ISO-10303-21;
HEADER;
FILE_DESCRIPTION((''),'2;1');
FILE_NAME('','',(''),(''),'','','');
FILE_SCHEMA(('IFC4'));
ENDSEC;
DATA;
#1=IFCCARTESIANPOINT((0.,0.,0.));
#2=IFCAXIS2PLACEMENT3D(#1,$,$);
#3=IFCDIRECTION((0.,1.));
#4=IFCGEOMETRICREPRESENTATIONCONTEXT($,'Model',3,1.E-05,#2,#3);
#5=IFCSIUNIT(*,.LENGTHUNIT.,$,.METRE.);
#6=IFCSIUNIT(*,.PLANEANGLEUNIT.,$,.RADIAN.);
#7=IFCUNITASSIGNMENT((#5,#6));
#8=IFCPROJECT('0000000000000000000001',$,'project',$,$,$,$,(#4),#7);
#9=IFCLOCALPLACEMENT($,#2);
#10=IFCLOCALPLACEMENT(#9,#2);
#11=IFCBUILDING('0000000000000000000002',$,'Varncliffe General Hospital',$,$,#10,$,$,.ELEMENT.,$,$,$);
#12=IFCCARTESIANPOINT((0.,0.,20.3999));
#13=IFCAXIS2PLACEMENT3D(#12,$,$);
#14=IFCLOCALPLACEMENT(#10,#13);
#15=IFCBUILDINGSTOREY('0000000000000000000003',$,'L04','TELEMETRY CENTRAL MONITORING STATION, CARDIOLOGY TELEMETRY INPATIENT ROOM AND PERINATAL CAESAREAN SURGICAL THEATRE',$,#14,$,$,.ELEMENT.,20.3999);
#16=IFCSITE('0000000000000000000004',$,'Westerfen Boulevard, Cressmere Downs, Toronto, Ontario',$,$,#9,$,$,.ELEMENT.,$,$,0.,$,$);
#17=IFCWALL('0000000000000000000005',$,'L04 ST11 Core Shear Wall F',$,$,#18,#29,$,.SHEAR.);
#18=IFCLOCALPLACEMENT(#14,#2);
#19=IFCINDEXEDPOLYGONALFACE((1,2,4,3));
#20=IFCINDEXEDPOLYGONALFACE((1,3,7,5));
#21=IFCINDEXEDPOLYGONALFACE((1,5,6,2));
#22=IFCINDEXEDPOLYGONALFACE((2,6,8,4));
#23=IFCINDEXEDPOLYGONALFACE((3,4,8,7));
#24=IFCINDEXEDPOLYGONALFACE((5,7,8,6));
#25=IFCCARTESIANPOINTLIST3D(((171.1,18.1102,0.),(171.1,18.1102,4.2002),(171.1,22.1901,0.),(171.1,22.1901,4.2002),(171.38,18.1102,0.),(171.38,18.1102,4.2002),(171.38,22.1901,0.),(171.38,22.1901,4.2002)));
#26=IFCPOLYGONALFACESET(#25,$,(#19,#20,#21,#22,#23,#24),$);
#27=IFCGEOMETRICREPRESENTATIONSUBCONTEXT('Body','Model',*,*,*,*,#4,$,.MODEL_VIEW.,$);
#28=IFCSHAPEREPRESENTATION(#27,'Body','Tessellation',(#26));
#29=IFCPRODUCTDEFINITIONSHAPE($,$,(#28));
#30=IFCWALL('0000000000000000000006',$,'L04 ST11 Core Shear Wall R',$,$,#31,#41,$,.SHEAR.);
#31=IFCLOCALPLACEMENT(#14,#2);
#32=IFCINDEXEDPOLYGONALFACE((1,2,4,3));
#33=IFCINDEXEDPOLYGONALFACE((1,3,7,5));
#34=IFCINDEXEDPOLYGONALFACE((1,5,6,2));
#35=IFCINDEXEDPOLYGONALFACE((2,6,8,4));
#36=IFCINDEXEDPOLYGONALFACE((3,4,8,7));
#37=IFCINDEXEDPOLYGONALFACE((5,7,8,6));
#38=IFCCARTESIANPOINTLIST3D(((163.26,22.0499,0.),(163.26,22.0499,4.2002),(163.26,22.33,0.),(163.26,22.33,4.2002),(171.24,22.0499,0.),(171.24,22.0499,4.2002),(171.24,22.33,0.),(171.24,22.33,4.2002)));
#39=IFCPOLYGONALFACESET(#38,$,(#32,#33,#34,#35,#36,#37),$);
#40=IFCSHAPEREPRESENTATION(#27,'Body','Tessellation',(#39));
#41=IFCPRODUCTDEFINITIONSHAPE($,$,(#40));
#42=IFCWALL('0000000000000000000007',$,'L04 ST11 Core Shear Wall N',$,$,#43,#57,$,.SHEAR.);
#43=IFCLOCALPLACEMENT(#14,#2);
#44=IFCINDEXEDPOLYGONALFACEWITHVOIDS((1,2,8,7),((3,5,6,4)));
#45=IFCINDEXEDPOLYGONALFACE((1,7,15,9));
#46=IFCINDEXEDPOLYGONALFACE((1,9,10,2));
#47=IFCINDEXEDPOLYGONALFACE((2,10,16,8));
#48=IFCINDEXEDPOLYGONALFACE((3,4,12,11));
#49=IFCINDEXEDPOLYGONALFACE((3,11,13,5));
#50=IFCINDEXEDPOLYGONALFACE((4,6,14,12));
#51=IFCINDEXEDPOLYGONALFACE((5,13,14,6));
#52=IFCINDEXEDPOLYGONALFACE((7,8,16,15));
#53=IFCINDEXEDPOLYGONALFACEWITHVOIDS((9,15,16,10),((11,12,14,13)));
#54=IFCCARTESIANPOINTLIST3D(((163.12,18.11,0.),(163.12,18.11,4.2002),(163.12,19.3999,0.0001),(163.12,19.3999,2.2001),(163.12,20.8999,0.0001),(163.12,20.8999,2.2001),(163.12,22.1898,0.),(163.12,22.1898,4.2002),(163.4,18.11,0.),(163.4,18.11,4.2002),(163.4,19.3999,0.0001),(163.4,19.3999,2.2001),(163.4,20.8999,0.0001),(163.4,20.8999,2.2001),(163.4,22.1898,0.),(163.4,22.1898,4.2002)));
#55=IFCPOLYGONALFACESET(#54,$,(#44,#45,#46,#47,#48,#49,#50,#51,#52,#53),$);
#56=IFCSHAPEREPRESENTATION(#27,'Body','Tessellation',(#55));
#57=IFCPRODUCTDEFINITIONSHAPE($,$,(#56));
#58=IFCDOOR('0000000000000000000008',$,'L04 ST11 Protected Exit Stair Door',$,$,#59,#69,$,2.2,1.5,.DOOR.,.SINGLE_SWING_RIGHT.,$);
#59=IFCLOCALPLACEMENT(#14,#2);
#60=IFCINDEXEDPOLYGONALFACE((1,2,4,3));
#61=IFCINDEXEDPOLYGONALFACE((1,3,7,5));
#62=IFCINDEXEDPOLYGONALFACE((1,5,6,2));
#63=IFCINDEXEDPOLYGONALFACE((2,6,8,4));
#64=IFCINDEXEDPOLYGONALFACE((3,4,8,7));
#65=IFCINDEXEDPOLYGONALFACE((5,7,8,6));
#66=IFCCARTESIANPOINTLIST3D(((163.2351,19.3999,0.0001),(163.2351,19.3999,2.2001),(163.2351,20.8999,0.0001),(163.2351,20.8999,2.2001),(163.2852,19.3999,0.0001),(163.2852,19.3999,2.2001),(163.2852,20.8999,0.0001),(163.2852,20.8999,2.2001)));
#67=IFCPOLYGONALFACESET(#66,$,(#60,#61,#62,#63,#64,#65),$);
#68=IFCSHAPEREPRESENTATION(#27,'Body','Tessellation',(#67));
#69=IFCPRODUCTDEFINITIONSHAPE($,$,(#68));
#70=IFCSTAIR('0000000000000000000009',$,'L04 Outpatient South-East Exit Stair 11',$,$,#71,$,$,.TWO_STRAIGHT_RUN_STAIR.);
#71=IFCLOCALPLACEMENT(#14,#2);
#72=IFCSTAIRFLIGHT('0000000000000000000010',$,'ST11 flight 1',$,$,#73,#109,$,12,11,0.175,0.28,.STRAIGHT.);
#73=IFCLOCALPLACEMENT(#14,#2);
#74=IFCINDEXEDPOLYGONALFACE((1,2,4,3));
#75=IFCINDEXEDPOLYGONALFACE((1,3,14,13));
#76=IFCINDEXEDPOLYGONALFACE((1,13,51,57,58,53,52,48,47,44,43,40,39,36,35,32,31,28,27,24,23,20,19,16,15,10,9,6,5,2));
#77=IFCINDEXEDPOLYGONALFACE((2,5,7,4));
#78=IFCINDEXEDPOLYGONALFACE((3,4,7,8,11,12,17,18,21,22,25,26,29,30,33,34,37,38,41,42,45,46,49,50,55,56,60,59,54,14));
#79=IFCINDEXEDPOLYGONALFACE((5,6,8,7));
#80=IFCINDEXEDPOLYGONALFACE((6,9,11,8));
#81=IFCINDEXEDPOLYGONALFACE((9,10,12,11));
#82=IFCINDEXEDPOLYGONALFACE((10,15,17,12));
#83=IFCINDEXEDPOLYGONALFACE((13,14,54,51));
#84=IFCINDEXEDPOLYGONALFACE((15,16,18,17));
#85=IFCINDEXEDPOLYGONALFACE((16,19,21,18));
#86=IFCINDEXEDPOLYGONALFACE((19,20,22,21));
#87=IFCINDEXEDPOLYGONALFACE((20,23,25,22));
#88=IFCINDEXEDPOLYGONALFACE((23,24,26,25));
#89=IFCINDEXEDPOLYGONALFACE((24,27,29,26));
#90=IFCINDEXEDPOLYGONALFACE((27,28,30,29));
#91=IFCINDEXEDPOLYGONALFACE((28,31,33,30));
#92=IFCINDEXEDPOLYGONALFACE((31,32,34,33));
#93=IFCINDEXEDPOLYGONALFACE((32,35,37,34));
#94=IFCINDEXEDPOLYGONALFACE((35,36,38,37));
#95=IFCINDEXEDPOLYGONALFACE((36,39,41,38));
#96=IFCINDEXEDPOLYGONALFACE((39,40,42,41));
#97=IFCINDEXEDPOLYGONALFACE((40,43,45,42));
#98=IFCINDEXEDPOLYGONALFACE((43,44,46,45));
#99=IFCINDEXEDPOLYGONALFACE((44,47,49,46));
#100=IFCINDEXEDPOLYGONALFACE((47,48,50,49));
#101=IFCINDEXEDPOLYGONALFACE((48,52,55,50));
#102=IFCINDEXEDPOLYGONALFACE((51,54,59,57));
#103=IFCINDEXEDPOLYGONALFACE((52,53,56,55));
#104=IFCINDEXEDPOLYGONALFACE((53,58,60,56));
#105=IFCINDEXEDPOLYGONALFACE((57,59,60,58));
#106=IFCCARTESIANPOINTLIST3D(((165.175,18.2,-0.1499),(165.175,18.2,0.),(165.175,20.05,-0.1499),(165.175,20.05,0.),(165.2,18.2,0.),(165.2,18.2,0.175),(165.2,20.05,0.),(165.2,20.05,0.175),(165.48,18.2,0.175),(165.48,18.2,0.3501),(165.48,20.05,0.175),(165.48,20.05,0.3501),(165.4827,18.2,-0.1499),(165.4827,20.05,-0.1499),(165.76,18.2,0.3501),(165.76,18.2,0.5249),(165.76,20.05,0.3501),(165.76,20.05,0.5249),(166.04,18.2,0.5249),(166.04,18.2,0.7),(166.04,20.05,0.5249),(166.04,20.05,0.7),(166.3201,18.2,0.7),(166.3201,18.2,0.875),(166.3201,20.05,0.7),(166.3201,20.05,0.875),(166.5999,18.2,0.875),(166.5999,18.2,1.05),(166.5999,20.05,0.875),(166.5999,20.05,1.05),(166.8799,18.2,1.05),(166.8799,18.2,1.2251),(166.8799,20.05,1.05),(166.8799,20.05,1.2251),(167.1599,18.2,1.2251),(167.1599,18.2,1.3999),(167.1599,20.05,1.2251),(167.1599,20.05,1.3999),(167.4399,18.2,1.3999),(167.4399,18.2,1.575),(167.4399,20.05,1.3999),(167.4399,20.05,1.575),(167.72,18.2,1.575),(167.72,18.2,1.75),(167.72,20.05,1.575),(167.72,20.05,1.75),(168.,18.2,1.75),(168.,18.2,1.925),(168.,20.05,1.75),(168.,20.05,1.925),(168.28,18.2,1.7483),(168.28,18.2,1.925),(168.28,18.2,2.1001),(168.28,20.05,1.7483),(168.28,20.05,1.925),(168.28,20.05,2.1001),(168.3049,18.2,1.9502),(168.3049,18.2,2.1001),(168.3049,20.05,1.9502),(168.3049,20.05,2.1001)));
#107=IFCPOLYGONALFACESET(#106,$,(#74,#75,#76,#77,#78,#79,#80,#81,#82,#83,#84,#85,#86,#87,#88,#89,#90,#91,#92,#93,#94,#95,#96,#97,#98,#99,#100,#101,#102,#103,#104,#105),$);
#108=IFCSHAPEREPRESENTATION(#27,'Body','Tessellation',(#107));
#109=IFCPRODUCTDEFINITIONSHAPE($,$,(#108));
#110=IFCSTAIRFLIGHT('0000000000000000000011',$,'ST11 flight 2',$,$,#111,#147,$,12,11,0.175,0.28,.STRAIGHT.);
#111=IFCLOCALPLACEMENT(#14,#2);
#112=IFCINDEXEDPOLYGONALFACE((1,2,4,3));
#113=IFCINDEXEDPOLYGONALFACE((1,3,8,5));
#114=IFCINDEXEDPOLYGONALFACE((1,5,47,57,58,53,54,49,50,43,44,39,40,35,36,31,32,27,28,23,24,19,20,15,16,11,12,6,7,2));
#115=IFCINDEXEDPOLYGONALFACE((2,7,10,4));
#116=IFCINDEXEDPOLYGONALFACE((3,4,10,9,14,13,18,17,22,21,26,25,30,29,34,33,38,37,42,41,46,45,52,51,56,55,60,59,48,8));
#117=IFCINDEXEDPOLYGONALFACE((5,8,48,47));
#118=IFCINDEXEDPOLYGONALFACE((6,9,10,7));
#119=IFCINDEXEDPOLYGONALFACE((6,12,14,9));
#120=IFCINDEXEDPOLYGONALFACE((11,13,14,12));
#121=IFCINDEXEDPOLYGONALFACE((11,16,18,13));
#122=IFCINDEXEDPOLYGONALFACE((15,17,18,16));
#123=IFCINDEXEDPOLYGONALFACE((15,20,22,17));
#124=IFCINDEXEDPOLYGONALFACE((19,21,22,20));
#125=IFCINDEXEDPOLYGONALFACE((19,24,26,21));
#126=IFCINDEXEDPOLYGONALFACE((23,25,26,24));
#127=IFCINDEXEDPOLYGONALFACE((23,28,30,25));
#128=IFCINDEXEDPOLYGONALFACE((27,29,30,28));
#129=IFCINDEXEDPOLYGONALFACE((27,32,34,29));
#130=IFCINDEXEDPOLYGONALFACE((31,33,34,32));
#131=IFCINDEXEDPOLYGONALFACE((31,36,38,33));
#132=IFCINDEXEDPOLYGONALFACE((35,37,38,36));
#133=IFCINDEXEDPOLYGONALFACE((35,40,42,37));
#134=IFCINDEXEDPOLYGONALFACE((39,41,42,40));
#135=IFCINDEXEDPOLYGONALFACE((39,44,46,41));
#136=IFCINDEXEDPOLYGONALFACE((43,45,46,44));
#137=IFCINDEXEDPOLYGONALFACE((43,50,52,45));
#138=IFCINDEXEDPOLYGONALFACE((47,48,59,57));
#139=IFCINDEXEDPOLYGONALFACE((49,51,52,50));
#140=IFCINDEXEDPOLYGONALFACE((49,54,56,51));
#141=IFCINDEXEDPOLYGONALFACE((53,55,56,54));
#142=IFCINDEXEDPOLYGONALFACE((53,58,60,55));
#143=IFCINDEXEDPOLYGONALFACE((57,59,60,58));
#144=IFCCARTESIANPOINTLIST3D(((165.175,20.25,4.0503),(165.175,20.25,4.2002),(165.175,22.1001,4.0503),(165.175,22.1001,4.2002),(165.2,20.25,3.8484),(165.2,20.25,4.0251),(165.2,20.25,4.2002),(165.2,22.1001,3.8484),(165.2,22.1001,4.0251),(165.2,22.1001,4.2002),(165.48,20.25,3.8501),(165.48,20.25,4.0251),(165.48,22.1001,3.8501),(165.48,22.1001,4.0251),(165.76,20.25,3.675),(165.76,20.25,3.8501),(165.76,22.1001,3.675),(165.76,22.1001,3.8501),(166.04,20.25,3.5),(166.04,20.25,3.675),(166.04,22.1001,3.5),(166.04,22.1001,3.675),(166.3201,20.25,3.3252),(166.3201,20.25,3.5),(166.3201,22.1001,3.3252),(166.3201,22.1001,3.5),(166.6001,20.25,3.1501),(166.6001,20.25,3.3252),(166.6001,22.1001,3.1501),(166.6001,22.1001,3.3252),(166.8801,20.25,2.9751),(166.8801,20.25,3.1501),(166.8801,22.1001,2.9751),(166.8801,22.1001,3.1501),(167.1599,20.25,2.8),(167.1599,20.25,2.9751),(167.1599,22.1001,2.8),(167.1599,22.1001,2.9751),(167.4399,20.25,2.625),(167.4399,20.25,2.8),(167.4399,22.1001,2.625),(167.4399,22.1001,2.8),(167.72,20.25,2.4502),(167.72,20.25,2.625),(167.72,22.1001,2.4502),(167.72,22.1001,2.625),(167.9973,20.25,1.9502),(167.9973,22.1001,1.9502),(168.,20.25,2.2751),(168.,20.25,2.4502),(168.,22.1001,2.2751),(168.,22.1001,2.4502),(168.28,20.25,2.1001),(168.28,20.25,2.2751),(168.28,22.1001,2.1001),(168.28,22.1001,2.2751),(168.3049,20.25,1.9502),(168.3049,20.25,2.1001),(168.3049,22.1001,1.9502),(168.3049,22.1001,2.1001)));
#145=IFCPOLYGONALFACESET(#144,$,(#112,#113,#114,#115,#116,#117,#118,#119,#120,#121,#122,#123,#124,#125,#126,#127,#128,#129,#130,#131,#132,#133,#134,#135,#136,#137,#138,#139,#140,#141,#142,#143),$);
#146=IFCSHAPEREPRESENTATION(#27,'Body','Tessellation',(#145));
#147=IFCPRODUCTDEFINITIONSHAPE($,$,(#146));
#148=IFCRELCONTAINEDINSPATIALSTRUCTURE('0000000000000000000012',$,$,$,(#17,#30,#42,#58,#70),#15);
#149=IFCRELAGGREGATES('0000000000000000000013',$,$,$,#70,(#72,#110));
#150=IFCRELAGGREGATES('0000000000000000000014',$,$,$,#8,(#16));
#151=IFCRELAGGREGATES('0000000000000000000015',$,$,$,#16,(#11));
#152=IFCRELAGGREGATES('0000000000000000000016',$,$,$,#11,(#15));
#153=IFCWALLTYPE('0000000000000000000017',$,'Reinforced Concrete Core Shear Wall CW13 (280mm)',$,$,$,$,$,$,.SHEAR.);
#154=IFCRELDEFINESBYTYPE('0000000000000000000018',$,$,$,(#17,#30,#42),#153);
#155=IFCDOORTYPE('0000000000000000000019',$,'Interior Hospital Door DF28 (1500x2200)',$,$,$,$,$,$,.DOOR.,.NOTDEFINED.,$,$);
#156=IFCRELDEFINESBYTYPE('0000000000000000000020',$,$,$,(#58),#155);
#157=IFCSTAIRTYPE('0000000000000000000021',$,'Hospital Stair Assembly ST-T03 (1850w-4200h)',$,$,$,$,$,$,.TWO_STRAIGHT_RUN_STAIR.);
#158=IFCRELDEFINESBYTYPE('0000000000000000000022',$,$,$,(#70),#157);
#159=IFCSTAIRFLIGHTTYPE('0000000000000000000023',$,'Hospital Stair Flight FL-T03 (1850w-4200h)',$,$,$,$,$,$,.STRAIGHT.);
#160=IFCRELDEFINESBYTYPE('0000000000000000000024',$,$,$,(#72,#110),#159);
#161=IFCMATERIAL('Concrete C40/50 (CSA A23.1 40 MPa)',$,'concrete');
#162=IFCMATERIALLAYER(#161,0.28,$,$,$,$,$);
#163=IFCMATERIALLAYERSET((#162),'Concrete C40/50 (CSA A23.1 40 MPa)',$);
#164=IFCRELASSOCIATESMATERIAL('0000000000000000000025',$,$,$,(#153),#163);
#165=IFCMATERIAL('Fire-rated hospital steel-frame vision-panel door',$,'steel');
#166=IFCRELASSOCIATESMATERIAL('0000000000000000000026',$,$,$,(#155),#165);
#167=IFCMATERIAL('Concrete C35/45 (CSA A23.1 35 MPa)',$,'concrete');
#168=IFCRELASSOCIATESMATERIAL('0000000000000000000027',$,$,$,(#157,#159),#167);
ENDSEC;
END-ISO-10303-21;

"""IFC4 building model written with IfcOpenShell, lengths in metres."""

from ifc_helpers import new_model, si_unit, direction, frame, frame_2d, origin, place, context, subcontext, project, spatial, polyline, rectangle, outline, extrude, material, layer, layer_set, type_object, element, fill, aggregate, save


model = new_model("IFC4")

# Units and contexts
model_context = context("Model", 3, precision=1e-05, world=origin(), true_north=direction((0.0, 1.0)))
body_context = subcontext(model_context, "Body", "Model", "MODEL_VIEW")
ifc_project = project(units=[si_unit("LENGTHUNIT", "METRE"), si_unit("PLANEANGLEUNIT", "RADIAN")], contexts=[model_context])

# Site, building, storey
site_placement = place(None, origin())
site = spatial("IfcSite", under=ifc_project, at=site_placement, Name="Westerfen Boulevard, Cressmere Downs, Toronto, Ontario", CompositionType="ELEMENT", RefElevation=0.0)
building_placement = place(site_placement, origin())
building = spatial("IfcBuilding", under=site, at=building_placement, Name="Varncliffe General Hospital", CompositionType="ELEMENT")
storey_placement = place(building_placement, frame((0.0, 0.0, 20.3999)))
storey = spatial("IfcBuildingStorey", under=building, at=storey_placement, Name="L04", Description="TELEMETRY CENTRAL MONITORING STATION, CARDIOLOGY TELEMETRY INPATIENT ROOM AND PERINATAL CAESAREAN SURGICAL THEATRE", CompositionType="ELEMENT", Elevation=20.3999)

# Shared definitions
ifc_material_1 = material(Name="Concrete C40/50 (CSA A23.1 40 MPa)", Category="concrete")

# Shared definitions
ifc_material_2 = material(Name="Fire-rated hospital steel-frame vision-panel door", Category="steel")

# Walls
ifc_layer_1 = layer(ifc_material_1, 0.28)
ifc_layer_set_1 = layer_set([ifc_layer_1], Name="Concrete C40/50 (CSA A23.1 40 MPa)")
wall_type_1 = type_object("IfcWallType", Name="Reinforced Concrete Core Shear Wall CW13 (280mm)", PredefinedType="SHEAR", material=ifc_layer_set_1)
wall_1_placement = place(storey_placement, frame((171.24, 18.1101, 0.0), z_axis=(0.0, 0.0, 1.0), x_axis=(0.0, 1.0, 0.0)))
element("IfcWall", 1, at=wall_1_placement, inside=storey, type_object=wall_type_1, Name="L04 ST11 Core Shear Wall F", PredefinedType="SHEAR", context=body_context, shape_type="SweptSolid", body=[
    extrude(rectangle(XDim=4.0798, YDim=0.28, at=frame_2d((2.04, 0.0))), origin(), (0.0, 0.0, 1.0), 4.2002),
])
wall_2_placement = place(storey_placement, frame((171.24, 22.1899, 0.0), z_axis=(0.0, 0.0, 1.0), x_axis=(-1.0, 0.0, 0.0)))
element("IfcWall", 2, at=wall_2_placement, inside=storey, type_object=wall_type_1, Name="L04 ST11 Core Shear Wall R", PredefinedType="SHEAR", context=body_context, shape_type="SweptSolid", body=[
    extrude(rectangle(XDim=7.98, YDim=0.28, at=frame_2d((3.99, 0.0))), origin(), (0.0, 0.0, 1.0), 4.2002),
])

# Wall, opening, door
wall_3_placement = place(storey_placement, frame((163.26, 22.1899, 0.0), z_axis=(0.0, 0.0, 1.0), x_axis=(0.0, -1.0, 0.0)))
wall_3 = element("IfcWall", 3, at=wall_3_placement, inside=storey, type_object=wall_type_1, Name="L04 ST11 Core Shear Wall N", PredefinedType="SHEAR", context=body_context, shape_type="SweptSolid", body=[
    extrude(rectangle(XDim=4.0798, YDim=0.28, at=frame_2d((2.04, 0.0))), origin(), (0.0, 0.0, 1.0), 4.2002),
])
opening_1_placement = place(wall_3_placement, frame((1.29, 0.0, 0.0)))
opening_1 = element("IfcOpeningElement", 4, at=opening_1_placement, cuts=wall_3, PredefinedType="OPENING", context=body_context, shape_type="SweptSolid", body=[
    extrude(rectangle(XDim=1.5, YDim=2.2, at=frame_2d((0.75, 1.1001))), frame((0.0, 0.1499, 0.0), z_axis=(0.0, -1.0, 0.0), x_axis=(1.0, 0.0, 0.0)), (0.0, 0.0, 1.0), 0.3),
])
door_type_1 = type_object("IfcDoorType", Name="Interior Hospital Door DF28 (1500x2200)", OperationType="NOTDEFINED", PredefinedType="DOOR", material=ifc_material_2)
door_1_placement = place(opening_1_placement, frame((1.5, 0.0, 0.0), z_axis=(0.0, 0.0, 1.0), x_axis=(-1.0, 0.0, 0.0)))
door_1 = element("IfcDoor", 5, at=door_1_placement, inside=storey, type_object=door_type_1, Name="L04 ST11 Protected Exit Stair Door", OperationType="SINGLE_SWING_RIGHT", OverallHeight=2.2, OverallWidth=1.5, PredefinedType="DOOR", context=body_context, shape_type="SweptSolid", body=[
    extrude(rectangle(XDim=1.5, YDim=2.2, at=frame_2d((0.75, 1.1001))), frame((0.0, 0.0249, 0.0), z_axis=(0.0, -1.0, 0.0), x_axis=(1.0, 0.0, 0.0)), (0.0, 0.0, 1.0), 0.05),
])
fill(opening_1, door_1)

# Stair, stair flights
ifc_material_3 = material(Name="Concrete C35/45 (CSA A23.1 35 MPa)", Category="concrete")
stair_type = type_object("IfcStairType", Name="Hospital Stair Assembly ST-T03 (1850w-4200h)", PredefinedType="TWO_STRAIGHT_RUN_STAIR", material=ifc_material_3)
stair_placement = place(storey_placement, origin())
stair = element("IfcStair", 6, at=stair_placement, inside=storey, type_object=stair_type, Name="L04 Outpatient South-East Exit Stair 11", PredefinedType="TWO_STRAIGHT_RUN_STAIR")
stair_flight_type = type_object("IfcStairFlightType", Name="Hospital Stair Flight FL-T03 (1850w-4200h)", PredefinedType="STRAIGHT", material=ifc_material_3)
stair_flight_1_placement = place(storey_placement, frame((165.2, 19.125, 0.0), z_axis=(0.0, 0.0, 1.0), x_axis=(1.0, 0.0, 0.0)))
stair_flight_1 = element("IfcStairFlight", 7, at=stair_flight_1_placement, type_object=stair_flight_type, Name="ST11 flight 1", NumberOfRisers=12, NumberOfTreads=11, PredefinedType="STRAIGHT", RiserHeight=0.175, TreadLength=0.28, context=body_context, shape_type="SweptSolid", body=[
    extrude(outline(polyline([(-0.0249, -0.1499), (-0.0249, 0.0), (0.0, 0.0), (0.0, 0.175), (0.28, 0.175), (0.28, 0.3501), (0.5601, 0.3501), (0.5601, 0.5249), (0.8401, 0.5249), (0.8401, 0.7), (1.1201, 0.7), (1.1201, 0.875), (1.3999, 0.875), (1.3999, 1.05), (1.6799, 1.05), (1.6799, 1.2251), (1.96, 1.2251), (1.96, 1.3999), (2.24, 1.3999), (2.24, 1.575), (2.52, 1.575), (2.52, 1.75), (2.8, 1.75), (2.8, 1.925), (3.0801, 1.925), (3.0801, 2.1001), (3.105, 2.1001), (3.105, 1.9502), (3.0801, 1.7483), (0.2827, -0.1499), (-0.0249, -0.1499)])), frame((0.0, 0.925, 0.0), z_axis=(0.0, -1.0, 0.0), x_axis=(1.0, 0.0, 0.0)), (0.0, 0.0, 1.0), 1.8501),
])
stair_flight_2_placement = place(storey_placement, frame((168.28, 21.175, 2.1001), z_axis=(0.0, 0.0, 1.0), x_axis=(-1.0, 0.0, 0.0)))
stair_flight_2 = element("IfcStairFlight", 8, at=stair_flight_2_placement, type_object=stair_flight_type, Name="ST11 flight 2", NumberOfRisers=12, NumberOfTreads=11, PredefinedType="STRAIGHT", RiserHeight=0.175, TreadLength=0.28, context=body_context, shape_type="SweptSolid", body=[
    extrude(outline(polyline([(-0.0249, -0.1499), (-0.0249, 0.0), (0.0, 0.0), (0.0, 0.175), (0.28, 0.175), (0.28, 0.3501), (0.5601, 0.3501), (0.5601, 0.5249), (0.8401, 0.5249), (0.8401, 0.7), (1.1201, 0.7), (1.1201, 0.875), (1.3999, 0.875), (1.3999, 1.05), (1.6799, 1.05), (1.6799, 1.2251), (1.96, 1.2251), (1.96, 1.3999), (2.24, 1.3999), (2.24, 1.575), (2.52, 1.575), (2.52, 1.75), (2.8, 1.75), (2.8, 1.925), (3.0801, 1.925), (3.0801, 2.1001), (3.105, 2.1001), (3.105, 1.9502), (3.0801, 1.7483), (0.2827, -0.1499), (-0.0249, -0.1499)])), frame((0.0, 0.925, 0.0), z_axis=(0.0, -1.0, 0.0), x_axis=(1.0, 0.0, 0.0)), (0.0, 0.0, 1.0), 1.8501),
])
aggregate(stair, [stair_flight_1, stair_flight_2])

save(model, "model.ifc")
